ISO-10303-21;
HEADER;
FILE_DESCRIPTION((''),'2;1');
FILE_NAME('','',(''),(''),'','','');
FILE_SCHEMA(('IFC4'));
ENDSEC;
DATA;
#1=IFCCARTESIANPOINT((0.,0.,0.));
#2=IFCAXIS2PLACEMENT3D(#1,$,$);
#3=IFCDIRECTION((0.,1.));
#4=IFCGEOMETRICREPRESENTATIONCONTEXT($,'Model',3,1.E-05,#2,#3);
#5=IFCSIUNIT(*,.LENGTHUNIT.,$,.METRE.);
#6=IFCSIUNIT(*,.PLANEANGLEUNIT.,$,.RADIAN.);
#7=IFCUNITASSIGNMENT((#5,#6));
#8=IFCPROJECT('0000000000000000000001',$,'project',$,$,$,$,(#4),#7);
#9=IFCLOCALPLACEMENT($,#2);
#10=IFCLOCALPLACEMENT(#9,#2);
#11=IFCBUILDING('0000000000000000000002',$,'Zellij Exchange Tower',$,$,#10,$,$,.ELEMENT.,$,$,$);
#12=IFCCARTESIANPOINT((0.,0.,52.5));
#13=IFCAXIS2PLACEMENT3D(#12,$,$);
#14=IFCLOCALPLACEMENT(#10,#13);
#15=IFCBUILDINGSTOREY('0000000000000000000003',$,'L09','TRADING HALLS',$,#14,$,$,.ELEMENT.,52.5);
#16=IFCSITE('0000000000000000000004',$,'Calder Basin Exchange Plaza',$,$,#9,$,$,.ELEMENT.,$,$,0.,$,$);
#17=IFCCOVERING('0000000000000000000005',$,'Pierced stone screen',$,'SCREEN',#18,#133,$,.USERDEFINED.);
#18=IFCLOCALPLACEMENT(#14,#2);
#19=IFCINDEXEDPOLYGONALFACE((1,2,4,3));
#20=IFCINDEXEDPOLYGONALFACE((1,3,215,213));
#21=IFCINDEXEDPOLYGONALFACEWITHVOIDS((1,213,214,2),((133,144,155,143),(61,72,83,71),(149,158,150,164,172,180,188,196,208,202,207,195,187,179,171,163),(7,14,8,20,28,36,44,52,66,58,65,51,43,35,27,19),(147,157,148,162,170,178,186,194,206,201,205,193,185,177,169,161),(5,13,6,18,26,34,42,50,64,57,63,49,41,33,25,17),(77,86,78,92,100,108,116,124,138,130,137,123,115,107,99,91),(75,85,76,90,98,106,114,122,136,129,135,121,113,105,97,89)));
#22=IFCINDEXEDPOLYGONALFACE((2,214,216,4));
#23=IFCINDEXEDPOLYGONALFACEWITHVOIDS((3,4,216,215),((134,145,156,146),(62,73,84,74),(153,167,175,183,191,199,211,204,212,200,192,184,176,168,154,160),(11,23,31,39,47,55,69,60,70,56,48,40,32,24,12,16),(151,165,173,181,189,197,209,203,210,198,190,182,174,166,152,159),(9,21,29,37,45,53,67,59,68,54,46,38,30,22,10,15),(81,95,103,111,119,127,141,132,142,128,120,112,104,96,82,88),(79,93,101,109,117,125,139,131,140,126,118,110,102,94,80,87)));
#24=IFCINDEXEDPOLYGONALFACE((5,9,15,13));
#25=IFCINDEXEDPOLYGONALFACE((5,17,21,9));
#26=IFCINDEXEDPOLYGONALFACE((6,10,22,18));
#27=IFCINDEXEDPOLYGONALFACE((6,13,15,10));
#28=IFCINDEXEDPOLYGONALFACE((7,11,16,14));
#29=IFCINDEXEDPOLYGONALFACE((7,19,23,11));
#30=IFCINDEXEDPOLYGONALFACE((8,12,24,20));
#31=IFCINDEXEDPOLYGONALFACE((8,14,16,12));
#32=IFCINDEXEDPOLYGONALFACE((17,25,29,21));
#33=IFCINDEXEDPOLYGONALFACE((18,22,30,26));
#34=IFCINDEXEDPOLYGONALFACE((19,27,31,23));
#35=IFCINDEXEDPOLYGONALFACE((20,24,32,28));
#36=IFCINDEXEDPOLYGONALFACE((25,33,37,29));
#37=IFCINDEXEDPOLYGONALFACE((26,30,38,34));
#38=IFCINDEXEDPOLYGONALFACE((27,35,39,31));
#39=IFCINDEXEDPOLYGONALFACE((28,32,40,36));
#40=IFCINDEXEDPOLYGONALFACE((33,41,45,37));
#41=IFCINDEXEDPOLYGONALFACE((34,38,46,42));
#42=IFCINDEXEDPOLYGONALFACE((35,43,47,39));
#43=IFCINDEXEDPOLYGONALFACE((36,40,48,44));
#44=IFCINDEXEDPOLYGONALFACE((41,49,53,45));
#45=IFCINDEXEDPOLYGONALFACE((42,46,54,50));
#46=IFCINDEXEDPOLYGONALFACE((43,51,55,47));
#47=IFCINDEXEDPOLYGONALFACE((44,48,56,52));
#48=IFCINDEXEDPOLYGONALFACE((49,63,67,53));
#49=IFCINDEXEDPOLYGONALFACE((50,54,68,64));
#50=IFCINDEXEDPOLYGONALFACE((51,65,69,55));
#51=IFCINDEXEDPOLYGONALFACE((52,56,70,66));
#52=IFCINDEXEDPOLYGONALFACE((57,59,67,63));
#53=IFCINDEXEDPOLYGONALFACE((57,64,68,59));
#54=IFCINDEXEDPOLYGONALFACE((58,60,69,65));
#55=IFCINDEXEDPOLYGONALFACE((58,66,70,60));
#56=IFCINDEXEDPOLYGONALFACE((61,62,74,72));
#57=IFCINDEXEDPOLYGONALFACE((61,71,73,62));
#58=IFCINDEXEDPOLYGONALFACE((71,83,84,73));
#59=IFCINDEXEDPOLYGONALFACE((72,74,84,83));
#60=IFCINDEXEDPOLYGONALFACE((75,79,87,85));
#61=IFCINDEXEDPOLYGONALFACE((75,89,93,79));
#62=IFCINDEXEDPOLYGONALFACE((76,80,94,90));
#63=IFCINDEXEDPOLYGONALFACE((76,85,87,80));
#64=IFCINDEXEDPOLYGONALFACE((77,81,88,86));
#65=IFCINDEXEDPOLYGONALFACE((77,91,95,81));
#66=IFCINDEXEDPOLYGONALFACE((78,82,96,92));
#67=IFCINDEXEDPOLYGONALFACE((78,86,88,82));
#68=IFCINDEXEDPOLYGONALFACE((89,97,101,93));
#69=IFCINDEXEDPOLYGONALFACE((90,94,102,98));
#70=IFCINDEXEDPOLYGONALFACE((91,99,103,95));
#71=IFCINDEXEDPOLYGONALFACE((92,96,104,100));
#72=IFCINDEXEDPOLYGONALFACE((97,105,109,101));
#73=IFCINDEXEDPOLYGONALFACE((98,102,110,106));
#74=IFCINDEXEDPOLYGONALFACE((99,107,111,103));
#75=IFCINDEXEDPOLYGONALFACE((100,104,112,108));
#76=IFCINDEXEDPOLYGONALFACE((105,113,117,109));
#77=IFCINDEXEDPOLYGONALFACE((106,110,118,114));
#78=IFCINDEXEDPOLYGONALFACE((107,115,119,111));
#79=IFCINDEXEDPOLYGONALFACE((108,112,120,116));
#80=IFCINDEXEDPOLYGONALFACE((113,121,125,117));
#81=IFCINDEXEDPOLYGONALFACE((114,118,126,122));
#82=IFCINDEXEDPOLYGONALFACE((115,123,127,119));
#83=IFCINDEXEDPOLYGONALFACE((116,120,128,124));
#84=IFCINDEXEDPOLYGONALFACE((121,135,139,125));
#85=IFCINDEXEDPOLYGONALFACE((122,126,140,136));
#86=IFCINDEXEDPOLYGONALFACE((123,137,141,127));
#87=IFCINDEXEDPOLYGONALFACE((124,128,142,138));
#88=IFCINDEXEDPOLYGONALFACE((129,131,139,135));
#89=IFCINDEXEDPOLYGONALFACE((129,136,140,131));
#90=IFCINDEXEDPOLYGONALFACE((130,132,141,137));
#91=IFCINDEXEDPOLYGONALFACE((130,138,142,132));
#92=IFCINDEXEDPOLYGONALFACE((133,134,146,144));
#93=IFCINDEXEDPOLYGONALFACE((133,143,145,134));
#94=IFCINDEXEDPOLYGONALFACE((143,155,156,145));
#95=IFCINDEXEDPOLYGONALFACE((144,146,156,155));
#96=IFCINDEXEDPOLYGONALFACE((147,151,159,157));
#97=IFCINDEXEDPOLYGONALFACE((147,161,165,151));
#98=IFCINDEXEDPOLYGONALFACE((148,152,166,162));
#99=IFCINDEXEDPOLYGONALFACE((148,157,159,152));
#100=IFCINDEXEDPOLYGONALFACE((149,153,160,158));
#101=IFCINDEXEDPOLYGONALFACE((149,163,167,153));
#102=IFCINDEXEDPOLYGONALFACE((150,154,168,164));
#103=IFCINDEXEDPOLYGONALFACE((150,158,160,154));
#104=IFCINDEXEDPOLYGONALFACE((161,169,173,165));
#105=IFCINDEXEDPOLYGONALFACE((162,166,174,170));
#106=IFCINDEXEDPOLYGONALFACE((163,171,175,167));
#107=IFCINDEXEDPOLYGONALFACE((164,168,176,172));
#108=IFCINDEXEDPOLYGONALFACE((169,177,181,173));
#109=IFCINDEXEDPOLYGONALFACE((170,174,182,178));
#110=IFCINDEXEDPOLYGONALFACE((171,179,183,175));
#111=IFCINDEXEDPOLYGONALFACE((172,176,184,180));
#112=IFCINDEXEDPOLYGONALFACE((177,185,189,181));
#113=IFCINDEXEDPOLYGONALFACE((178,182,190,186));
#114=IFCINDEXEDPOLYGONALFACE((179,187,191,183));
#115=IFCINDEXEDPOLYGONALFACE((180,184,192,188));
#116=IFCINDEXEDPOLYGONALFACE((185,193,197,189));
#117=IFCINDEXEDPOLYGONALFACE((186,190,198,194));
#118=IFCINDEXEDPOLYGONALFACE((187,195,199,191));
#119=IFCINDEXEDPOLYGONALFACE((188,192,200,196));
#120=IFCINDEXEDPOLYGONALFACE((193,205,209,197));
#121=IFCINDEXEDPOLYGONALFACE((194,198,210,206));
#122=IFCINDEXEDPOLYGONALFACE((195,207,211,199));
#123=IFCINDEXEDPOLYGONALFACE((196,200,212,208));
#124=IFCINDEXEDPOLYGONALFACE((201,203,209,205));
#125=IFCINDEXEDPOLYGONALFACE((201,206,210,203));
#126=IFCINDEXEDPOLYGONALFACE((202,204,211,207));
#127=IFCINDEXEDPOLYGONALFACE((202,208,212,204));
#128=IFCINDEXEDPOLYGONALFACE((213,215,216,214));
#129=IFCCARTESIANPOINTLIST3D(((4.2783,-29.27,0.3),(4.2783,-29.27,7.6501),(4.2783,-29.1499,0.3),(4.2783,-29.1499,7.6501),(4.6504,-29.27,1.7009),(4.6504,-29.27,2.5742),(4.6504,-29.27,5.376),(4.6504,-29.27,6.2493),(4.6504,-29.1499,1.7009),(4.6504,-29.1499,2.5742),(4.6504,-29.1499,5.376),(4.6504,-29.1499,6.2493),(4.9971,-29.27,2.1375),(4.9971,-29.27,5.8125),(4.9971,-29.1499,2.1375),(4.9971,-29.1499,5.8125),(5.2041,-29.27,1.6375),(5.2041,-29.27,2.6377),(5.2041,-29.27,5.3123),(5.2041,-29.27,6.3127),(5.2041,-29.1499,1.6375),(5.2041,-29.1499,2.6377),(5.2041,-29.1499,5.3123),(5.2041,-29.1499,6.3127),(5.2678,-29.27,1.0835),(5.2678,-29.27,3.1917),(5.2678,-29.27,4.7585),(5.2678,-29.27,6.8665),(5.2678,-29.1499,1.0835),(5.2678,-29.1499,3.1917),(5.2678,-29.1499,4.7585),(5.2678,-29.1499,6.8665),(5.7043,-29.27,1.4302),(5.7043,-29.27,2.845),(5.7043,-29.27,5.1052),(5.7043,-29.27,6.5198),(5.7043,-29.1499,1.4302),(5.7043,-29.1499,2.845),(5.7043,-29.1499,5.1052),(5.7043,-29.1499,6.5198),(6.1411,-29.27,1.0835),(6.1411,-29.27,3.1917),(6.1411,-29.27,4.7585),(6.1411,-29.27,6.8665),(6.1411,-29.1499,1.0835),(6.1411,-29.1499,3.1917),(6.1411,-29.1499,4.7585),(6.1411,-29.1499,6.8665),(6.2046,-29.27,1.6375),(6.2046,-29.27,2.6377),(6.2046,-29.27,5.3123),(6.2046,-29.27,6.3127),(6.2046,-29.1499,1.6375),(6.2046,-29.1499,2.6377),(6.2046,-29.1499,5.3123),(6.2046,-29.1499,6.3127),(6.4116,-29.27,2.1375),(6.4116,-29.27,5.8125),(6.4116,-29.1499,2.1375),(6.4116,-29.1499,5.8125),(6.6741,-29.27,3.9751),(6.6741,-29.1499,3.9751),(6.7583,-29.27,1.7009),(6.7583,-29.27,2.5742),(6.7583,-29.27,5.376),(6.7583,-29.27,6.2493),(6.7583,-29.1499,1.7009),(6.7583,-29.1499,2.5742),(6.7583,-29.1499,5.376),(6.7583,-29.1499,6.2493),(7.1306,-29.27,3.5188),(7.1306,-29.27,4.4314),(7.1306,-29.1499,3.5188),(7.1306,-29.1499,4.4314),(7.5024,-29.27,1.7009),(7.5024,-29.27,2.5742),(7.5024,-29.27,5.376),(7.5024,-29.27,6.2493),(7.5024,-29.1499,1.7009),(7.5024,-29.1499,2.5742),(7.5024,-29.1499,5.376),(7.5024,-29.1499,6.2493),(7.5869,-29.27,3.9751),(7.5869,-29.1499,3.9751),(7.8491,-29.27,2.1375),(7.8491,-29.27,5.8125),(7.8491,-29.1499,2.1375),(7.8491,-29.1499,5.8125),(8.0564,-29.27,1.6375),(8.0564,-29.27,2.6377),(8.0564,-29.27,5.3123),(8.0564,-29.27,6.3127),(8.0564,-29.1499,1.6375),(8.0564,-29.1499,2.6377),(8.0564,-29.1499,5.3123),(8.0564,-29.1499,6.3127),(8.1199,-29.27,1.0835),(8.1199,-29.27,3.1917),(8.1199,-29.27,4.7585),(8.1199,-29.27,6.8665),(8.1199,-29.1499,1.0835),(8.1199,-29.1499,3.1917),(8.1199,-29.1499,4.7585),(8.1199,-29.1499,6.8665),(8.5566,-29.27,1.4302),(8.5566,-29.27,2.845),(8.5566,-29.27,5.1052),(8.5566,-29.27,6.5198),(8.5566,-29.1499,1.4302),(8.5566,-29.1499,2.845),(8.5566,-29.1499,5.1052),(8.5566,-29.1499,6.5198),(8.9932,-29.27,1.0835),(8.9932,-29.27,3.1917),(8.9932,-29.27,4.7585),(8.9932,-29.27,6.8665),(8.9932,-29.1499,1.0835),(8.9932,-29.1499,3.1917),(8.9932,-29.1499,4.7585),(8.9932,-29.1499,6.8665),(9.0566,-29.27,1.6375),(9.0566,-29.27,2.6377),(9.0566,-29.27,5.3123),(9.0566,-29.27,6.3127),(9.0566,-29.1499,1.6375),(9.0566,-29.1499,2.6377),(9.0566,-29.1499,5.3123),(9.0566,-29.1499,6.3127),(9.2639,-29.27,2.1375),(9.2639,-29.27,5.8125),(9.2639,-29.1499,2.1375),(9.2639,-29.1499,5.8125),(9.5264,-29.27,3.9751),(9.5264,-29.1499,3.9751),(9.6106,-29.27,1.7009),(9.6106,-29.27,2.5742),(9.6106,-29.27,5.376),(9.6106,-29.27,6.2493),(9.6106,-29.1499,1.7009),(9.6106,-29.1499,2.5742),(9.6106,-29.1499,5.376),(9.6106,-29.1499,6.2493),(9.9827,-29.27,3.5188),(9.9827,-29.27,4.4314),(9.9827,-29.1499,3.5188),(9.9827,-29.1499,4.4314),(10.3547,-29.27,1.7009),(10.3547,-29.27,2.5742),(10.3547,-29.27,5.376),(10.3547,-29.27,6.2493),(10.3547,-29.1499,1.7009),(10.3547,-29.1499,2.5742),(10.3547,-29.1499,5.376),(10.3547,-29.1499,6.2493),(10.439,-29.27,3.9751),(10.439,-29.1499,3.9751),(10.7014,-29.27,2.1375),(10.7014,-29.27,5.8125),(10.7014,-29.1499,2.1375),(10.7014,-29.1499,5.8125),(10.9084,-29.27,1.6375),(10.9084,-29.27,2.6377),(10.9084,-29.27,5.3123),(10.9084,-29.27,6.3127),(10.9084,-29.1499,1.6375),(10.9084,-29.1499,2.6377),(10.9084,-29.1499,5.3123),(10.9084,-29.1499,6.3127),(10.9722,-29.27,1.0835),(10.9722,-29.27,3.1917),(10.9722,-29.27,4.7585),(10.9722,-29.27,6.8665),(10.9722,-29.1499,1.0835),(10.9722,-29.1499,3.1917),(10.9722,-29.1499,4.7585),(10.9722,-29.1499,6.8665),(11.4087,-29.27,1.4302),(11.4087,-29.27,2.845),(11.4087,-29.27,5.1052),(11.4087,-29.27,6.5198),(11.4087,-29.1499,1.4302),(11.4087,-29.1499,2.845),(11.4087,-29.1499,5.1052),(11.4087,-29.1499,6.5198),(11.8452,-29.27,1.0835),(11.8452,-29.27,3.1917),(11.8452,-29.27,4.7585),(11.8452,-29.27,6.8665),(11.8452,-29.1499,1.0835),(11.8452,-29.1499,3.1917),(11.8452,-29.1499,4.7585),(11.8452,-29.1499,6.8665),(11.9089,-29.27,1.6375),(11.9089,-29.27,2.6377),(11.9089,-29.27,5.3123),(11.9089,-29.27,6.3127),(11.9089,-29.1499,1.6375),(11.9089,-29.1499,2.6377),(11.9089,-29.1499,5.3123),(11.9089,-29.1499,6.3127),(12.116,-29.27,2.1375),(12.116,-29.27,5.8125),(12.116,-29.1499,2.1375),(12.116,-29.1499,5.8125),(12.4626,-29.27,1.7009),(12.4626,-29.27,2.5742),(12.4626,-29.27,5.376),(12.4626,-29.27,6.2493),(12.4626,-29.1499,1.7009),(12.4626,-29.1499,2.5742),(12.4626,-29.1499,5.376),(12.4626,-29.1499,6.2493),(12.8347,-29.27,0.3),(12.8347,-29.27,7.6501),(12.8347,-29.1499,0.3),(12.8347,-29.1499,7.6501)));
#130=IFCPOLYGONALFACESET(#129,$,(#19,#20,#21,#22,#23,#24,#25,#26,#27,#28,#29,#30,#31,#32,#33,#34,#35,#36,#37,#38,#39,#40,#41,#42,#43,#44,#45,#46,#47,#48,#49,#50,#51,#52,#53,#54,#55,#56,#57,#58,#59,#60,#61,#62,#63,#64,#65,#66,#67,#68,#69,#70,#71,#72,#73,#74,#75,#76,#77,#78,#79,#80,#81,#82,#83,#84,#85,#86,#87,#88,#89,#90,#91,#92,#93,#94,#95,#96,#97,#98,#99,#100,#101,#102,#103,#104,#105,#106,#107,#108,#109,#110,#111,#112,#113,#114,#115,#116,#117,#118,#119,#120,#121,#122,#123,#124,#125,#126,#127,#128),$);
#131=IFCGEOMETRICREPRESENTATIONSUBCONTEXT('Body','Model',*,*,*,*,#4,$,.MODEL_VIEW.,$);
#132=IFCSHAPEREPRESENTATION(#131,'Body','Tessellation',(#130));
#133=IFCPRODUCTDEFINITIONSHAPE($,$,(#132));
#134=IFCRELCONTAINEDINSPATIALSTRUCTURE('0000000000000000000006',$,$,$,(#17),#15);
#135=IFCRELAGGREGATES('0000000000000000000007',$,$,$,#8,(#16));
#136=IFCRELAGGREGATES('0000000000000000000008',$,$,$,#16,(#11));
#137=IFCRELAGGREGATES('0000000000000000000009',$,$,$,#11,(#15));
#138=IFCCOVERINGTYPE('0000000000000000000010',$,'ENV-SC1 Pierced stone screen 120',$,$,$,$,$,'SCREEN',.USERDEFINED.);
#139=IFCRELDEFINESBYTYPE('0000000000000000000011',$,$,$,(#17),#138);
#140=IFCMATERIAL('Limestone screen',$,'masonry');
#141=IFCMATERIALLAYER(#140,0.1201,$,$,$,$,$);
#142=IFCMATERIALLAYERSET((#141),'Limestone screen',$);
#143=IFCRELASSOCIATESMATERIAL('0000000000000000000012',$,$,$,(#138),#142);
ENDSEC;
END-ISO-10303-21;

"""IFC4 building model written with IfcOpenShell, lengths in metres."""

from ifc_helpers import new_model, si_unit, direction, frame, origin, place, context, subcontext, project, spatial, polyline, outline, extrude, material, layer, layer_set, type_object, element, save


model = new_model("IFC4")

# Units and contexts
model_context = context("Model", 3, precision=1e-05, world=origin(), true_north=direction((0.0, 1.0)))
body_context = subcontext(model_context, "Body", "Model", "MODEL_VIEW")
ifc_project = project(units=[si_unit("LENGTHUNIT", "METRE"), si_unit("PLANEANGLEUNIT", "RADIAN")], contexts=[model_context])

# Site, building, storey
site_placement = place(None, origin())
site = spatial("IfcSite", under=ifc_project, at=site_placement, Name="Calder Basin Exchange Plaza", CompositionType="ELEMENT", RefElevation=0.0)
building_placement = place(site_placement, origin())
building = spatial("IfcBuilding", under=site, at=building_placement, Name="Zellij Exchange Tower", CompositionType="ELEMENT")
storey_placement = place(building_placement, frame((0.0, 0.0, 52.5)))
storey = spatial("IfcBuildingStorey", under=building, at=storey_placement, Name="L09", Description="TRADING HALLS", CompositionType="ELEMENT", Elevation=52.5)

# Covering
ifc_material_1 = material(Name="Limestone screen", Category="masonry")
ifc_layer_1 = layer(ifc_material_1, 0.1201)
ifc_layer_set_1 = layer_set([ifc_layer_1], Name="Limestone screen")
covering_type = type_object("IfcCoveringType", Name="ENV-SC1 Pierced stone screen 120", ElementType="SCREEN", PredefinedType="USERDEFINED", material=ifc_layer_set_1)
covering_1_placement = place(storey_placement, frame((4.2783, -29.21, 0.3), z_axis=(0.0, 0.0, 1.0), x_axis=(1.0, 0.0, 0.0)))
element("IfcCovering", 1, at=covering_1_placement, inside=storey, type_object=covering_type, Name="Pierced stone screen", ObjectType="SCREEN", PredefinedType="USERDEFINED", context=body_context, shape_type="SweptSolid", body=[
    extrude(outline(polyline([(0.0, 0.0), (8.5564, 0.0), (8.5564, 7.3501), (0.0, 7.3501), (0.0, 0.0)]), holes=[polyline([(2.48, 2.2742), (1.9263, 2.3376), (1.8628, 2.8916), (1.426, 2.5449), (0.9895, 2.8916), (0.9258, 2.3376), (0.3721, 2.2742), (0.7188, 1.8374), (0.3721, 1.4009), (0.9258, 1.3374), (0.9895, 0.7834), (1.426, 1.1301), (1.8628, 0.7834), (1.9263, 1.3374), (2.48, 1.4009), (2.1333, 1.8374), (2.48, 2.2742)]), polyline([(2.48, 5.9492), (1.9263, 6.0127), (1.8628, 6.5664), (1.426, 6.2197), (0.9895, 6.5664), (0.9258, 6.0127), (0.3721, 5.9492), (0.7188, 5.5125), (0.3721, 5.0759), (0.9258, 5.0122), (0.9895, 4.4585), (1.426, 4.8052), (1.8628, 4.4585), (1.9263, 5.0122), (2.48, 5.0759), (2.1333, 5.5125), (2.48, 5.9492)]), polyline([(5.3323, 2.2742), (4.7783, 2.3376), (4.7148, 2.8916), (4.2783, 2.5449), (3.8416, 2.8916), (3.7781, 2.3376), (3.2241, 2.2742), (3.5708, 1.8374), (3.2241, 1.4009), (3.7781, 1.3374), (3.8416, 0.7834), (4.2783, 1.1301), (4.7148, 0.7834), (4.7783, 1.3374), (5.3323, 1.4009), (4.9856, 1.8374), (5.3323, 2.2742)]), polyline([(5.3323, 5.9492), (4.7783, 6.0127), (4.7148, 6.5664), (4.2783, 6.2197), (3.8416, 6.5664), (3.7781, 6.0127), (3.2241, 5.9492), (3.5708, 5.5125), (3.2241, 5.0759), (3.7781, 5.0122), (3.8416, 4.4585), (4.2783, 4.8052), (4.7148, 4.4585), (4.7783, 5.0122), (5.3323, 5.0759), (4.9856, 5.5125), (5.3323, 5.9492)]), polyline([(8.1843, 2.2742), (7.6306, 2.3376), (7.5669, 2.8916), (7.1304, 2.5449), (6.6938, 2.8916), (6.6301, 2.3376), (6.0764, 2.2742), (6.4231, 1.8374), (6.0764, 1.4009), (6.6301, 1.3374), (6.6938, 0.7834), (7.1304, 1.1301), (7.5669, 0.7834), (7.6306, 1.3374), (8.1843, 1.4009), (7.8376, 1.8374), (8.1843, 2.2742)]), polyline([(8.1843, 5.9492), (7.6306, 6.0127), (7.5669, 6.5664), (7.1304, 6.2197), (6.6938, 6.5664), (6.6301, 6.0127), (6.0764, 5.9492), (6.4231, 5.5125), (6.0764, 5.0759), (6.6301, 5.0122), (6.6938, 4.4585), (7.1304, 4.8052), (7.5669, 4.4585), (7.6306, 5.0122), (8.1843, 5.0759), (7.8376, 5.5125), (8.1843, 5.9492)]), polyline([(3.3086, 3.675), (2.8523, 4.1313), (2.3958, 3.675), (2.8523, 3.2188), (3.3086, 3.675)]), polyline([(6.1606, 3.675), (5.7043, 4.1313), (5.248, 3.675), (5.7043, 3.2188), (6.1606, 3.675)])]), frame((0.0, 0.0601, 0.0), z_axis=(0.0, -1.0, 0.0), x_axis=(1.0, 0.0, 0.0)), (0.0, 0.0, 1.0), 0.1201),
])

save(model, "model.ifc")
